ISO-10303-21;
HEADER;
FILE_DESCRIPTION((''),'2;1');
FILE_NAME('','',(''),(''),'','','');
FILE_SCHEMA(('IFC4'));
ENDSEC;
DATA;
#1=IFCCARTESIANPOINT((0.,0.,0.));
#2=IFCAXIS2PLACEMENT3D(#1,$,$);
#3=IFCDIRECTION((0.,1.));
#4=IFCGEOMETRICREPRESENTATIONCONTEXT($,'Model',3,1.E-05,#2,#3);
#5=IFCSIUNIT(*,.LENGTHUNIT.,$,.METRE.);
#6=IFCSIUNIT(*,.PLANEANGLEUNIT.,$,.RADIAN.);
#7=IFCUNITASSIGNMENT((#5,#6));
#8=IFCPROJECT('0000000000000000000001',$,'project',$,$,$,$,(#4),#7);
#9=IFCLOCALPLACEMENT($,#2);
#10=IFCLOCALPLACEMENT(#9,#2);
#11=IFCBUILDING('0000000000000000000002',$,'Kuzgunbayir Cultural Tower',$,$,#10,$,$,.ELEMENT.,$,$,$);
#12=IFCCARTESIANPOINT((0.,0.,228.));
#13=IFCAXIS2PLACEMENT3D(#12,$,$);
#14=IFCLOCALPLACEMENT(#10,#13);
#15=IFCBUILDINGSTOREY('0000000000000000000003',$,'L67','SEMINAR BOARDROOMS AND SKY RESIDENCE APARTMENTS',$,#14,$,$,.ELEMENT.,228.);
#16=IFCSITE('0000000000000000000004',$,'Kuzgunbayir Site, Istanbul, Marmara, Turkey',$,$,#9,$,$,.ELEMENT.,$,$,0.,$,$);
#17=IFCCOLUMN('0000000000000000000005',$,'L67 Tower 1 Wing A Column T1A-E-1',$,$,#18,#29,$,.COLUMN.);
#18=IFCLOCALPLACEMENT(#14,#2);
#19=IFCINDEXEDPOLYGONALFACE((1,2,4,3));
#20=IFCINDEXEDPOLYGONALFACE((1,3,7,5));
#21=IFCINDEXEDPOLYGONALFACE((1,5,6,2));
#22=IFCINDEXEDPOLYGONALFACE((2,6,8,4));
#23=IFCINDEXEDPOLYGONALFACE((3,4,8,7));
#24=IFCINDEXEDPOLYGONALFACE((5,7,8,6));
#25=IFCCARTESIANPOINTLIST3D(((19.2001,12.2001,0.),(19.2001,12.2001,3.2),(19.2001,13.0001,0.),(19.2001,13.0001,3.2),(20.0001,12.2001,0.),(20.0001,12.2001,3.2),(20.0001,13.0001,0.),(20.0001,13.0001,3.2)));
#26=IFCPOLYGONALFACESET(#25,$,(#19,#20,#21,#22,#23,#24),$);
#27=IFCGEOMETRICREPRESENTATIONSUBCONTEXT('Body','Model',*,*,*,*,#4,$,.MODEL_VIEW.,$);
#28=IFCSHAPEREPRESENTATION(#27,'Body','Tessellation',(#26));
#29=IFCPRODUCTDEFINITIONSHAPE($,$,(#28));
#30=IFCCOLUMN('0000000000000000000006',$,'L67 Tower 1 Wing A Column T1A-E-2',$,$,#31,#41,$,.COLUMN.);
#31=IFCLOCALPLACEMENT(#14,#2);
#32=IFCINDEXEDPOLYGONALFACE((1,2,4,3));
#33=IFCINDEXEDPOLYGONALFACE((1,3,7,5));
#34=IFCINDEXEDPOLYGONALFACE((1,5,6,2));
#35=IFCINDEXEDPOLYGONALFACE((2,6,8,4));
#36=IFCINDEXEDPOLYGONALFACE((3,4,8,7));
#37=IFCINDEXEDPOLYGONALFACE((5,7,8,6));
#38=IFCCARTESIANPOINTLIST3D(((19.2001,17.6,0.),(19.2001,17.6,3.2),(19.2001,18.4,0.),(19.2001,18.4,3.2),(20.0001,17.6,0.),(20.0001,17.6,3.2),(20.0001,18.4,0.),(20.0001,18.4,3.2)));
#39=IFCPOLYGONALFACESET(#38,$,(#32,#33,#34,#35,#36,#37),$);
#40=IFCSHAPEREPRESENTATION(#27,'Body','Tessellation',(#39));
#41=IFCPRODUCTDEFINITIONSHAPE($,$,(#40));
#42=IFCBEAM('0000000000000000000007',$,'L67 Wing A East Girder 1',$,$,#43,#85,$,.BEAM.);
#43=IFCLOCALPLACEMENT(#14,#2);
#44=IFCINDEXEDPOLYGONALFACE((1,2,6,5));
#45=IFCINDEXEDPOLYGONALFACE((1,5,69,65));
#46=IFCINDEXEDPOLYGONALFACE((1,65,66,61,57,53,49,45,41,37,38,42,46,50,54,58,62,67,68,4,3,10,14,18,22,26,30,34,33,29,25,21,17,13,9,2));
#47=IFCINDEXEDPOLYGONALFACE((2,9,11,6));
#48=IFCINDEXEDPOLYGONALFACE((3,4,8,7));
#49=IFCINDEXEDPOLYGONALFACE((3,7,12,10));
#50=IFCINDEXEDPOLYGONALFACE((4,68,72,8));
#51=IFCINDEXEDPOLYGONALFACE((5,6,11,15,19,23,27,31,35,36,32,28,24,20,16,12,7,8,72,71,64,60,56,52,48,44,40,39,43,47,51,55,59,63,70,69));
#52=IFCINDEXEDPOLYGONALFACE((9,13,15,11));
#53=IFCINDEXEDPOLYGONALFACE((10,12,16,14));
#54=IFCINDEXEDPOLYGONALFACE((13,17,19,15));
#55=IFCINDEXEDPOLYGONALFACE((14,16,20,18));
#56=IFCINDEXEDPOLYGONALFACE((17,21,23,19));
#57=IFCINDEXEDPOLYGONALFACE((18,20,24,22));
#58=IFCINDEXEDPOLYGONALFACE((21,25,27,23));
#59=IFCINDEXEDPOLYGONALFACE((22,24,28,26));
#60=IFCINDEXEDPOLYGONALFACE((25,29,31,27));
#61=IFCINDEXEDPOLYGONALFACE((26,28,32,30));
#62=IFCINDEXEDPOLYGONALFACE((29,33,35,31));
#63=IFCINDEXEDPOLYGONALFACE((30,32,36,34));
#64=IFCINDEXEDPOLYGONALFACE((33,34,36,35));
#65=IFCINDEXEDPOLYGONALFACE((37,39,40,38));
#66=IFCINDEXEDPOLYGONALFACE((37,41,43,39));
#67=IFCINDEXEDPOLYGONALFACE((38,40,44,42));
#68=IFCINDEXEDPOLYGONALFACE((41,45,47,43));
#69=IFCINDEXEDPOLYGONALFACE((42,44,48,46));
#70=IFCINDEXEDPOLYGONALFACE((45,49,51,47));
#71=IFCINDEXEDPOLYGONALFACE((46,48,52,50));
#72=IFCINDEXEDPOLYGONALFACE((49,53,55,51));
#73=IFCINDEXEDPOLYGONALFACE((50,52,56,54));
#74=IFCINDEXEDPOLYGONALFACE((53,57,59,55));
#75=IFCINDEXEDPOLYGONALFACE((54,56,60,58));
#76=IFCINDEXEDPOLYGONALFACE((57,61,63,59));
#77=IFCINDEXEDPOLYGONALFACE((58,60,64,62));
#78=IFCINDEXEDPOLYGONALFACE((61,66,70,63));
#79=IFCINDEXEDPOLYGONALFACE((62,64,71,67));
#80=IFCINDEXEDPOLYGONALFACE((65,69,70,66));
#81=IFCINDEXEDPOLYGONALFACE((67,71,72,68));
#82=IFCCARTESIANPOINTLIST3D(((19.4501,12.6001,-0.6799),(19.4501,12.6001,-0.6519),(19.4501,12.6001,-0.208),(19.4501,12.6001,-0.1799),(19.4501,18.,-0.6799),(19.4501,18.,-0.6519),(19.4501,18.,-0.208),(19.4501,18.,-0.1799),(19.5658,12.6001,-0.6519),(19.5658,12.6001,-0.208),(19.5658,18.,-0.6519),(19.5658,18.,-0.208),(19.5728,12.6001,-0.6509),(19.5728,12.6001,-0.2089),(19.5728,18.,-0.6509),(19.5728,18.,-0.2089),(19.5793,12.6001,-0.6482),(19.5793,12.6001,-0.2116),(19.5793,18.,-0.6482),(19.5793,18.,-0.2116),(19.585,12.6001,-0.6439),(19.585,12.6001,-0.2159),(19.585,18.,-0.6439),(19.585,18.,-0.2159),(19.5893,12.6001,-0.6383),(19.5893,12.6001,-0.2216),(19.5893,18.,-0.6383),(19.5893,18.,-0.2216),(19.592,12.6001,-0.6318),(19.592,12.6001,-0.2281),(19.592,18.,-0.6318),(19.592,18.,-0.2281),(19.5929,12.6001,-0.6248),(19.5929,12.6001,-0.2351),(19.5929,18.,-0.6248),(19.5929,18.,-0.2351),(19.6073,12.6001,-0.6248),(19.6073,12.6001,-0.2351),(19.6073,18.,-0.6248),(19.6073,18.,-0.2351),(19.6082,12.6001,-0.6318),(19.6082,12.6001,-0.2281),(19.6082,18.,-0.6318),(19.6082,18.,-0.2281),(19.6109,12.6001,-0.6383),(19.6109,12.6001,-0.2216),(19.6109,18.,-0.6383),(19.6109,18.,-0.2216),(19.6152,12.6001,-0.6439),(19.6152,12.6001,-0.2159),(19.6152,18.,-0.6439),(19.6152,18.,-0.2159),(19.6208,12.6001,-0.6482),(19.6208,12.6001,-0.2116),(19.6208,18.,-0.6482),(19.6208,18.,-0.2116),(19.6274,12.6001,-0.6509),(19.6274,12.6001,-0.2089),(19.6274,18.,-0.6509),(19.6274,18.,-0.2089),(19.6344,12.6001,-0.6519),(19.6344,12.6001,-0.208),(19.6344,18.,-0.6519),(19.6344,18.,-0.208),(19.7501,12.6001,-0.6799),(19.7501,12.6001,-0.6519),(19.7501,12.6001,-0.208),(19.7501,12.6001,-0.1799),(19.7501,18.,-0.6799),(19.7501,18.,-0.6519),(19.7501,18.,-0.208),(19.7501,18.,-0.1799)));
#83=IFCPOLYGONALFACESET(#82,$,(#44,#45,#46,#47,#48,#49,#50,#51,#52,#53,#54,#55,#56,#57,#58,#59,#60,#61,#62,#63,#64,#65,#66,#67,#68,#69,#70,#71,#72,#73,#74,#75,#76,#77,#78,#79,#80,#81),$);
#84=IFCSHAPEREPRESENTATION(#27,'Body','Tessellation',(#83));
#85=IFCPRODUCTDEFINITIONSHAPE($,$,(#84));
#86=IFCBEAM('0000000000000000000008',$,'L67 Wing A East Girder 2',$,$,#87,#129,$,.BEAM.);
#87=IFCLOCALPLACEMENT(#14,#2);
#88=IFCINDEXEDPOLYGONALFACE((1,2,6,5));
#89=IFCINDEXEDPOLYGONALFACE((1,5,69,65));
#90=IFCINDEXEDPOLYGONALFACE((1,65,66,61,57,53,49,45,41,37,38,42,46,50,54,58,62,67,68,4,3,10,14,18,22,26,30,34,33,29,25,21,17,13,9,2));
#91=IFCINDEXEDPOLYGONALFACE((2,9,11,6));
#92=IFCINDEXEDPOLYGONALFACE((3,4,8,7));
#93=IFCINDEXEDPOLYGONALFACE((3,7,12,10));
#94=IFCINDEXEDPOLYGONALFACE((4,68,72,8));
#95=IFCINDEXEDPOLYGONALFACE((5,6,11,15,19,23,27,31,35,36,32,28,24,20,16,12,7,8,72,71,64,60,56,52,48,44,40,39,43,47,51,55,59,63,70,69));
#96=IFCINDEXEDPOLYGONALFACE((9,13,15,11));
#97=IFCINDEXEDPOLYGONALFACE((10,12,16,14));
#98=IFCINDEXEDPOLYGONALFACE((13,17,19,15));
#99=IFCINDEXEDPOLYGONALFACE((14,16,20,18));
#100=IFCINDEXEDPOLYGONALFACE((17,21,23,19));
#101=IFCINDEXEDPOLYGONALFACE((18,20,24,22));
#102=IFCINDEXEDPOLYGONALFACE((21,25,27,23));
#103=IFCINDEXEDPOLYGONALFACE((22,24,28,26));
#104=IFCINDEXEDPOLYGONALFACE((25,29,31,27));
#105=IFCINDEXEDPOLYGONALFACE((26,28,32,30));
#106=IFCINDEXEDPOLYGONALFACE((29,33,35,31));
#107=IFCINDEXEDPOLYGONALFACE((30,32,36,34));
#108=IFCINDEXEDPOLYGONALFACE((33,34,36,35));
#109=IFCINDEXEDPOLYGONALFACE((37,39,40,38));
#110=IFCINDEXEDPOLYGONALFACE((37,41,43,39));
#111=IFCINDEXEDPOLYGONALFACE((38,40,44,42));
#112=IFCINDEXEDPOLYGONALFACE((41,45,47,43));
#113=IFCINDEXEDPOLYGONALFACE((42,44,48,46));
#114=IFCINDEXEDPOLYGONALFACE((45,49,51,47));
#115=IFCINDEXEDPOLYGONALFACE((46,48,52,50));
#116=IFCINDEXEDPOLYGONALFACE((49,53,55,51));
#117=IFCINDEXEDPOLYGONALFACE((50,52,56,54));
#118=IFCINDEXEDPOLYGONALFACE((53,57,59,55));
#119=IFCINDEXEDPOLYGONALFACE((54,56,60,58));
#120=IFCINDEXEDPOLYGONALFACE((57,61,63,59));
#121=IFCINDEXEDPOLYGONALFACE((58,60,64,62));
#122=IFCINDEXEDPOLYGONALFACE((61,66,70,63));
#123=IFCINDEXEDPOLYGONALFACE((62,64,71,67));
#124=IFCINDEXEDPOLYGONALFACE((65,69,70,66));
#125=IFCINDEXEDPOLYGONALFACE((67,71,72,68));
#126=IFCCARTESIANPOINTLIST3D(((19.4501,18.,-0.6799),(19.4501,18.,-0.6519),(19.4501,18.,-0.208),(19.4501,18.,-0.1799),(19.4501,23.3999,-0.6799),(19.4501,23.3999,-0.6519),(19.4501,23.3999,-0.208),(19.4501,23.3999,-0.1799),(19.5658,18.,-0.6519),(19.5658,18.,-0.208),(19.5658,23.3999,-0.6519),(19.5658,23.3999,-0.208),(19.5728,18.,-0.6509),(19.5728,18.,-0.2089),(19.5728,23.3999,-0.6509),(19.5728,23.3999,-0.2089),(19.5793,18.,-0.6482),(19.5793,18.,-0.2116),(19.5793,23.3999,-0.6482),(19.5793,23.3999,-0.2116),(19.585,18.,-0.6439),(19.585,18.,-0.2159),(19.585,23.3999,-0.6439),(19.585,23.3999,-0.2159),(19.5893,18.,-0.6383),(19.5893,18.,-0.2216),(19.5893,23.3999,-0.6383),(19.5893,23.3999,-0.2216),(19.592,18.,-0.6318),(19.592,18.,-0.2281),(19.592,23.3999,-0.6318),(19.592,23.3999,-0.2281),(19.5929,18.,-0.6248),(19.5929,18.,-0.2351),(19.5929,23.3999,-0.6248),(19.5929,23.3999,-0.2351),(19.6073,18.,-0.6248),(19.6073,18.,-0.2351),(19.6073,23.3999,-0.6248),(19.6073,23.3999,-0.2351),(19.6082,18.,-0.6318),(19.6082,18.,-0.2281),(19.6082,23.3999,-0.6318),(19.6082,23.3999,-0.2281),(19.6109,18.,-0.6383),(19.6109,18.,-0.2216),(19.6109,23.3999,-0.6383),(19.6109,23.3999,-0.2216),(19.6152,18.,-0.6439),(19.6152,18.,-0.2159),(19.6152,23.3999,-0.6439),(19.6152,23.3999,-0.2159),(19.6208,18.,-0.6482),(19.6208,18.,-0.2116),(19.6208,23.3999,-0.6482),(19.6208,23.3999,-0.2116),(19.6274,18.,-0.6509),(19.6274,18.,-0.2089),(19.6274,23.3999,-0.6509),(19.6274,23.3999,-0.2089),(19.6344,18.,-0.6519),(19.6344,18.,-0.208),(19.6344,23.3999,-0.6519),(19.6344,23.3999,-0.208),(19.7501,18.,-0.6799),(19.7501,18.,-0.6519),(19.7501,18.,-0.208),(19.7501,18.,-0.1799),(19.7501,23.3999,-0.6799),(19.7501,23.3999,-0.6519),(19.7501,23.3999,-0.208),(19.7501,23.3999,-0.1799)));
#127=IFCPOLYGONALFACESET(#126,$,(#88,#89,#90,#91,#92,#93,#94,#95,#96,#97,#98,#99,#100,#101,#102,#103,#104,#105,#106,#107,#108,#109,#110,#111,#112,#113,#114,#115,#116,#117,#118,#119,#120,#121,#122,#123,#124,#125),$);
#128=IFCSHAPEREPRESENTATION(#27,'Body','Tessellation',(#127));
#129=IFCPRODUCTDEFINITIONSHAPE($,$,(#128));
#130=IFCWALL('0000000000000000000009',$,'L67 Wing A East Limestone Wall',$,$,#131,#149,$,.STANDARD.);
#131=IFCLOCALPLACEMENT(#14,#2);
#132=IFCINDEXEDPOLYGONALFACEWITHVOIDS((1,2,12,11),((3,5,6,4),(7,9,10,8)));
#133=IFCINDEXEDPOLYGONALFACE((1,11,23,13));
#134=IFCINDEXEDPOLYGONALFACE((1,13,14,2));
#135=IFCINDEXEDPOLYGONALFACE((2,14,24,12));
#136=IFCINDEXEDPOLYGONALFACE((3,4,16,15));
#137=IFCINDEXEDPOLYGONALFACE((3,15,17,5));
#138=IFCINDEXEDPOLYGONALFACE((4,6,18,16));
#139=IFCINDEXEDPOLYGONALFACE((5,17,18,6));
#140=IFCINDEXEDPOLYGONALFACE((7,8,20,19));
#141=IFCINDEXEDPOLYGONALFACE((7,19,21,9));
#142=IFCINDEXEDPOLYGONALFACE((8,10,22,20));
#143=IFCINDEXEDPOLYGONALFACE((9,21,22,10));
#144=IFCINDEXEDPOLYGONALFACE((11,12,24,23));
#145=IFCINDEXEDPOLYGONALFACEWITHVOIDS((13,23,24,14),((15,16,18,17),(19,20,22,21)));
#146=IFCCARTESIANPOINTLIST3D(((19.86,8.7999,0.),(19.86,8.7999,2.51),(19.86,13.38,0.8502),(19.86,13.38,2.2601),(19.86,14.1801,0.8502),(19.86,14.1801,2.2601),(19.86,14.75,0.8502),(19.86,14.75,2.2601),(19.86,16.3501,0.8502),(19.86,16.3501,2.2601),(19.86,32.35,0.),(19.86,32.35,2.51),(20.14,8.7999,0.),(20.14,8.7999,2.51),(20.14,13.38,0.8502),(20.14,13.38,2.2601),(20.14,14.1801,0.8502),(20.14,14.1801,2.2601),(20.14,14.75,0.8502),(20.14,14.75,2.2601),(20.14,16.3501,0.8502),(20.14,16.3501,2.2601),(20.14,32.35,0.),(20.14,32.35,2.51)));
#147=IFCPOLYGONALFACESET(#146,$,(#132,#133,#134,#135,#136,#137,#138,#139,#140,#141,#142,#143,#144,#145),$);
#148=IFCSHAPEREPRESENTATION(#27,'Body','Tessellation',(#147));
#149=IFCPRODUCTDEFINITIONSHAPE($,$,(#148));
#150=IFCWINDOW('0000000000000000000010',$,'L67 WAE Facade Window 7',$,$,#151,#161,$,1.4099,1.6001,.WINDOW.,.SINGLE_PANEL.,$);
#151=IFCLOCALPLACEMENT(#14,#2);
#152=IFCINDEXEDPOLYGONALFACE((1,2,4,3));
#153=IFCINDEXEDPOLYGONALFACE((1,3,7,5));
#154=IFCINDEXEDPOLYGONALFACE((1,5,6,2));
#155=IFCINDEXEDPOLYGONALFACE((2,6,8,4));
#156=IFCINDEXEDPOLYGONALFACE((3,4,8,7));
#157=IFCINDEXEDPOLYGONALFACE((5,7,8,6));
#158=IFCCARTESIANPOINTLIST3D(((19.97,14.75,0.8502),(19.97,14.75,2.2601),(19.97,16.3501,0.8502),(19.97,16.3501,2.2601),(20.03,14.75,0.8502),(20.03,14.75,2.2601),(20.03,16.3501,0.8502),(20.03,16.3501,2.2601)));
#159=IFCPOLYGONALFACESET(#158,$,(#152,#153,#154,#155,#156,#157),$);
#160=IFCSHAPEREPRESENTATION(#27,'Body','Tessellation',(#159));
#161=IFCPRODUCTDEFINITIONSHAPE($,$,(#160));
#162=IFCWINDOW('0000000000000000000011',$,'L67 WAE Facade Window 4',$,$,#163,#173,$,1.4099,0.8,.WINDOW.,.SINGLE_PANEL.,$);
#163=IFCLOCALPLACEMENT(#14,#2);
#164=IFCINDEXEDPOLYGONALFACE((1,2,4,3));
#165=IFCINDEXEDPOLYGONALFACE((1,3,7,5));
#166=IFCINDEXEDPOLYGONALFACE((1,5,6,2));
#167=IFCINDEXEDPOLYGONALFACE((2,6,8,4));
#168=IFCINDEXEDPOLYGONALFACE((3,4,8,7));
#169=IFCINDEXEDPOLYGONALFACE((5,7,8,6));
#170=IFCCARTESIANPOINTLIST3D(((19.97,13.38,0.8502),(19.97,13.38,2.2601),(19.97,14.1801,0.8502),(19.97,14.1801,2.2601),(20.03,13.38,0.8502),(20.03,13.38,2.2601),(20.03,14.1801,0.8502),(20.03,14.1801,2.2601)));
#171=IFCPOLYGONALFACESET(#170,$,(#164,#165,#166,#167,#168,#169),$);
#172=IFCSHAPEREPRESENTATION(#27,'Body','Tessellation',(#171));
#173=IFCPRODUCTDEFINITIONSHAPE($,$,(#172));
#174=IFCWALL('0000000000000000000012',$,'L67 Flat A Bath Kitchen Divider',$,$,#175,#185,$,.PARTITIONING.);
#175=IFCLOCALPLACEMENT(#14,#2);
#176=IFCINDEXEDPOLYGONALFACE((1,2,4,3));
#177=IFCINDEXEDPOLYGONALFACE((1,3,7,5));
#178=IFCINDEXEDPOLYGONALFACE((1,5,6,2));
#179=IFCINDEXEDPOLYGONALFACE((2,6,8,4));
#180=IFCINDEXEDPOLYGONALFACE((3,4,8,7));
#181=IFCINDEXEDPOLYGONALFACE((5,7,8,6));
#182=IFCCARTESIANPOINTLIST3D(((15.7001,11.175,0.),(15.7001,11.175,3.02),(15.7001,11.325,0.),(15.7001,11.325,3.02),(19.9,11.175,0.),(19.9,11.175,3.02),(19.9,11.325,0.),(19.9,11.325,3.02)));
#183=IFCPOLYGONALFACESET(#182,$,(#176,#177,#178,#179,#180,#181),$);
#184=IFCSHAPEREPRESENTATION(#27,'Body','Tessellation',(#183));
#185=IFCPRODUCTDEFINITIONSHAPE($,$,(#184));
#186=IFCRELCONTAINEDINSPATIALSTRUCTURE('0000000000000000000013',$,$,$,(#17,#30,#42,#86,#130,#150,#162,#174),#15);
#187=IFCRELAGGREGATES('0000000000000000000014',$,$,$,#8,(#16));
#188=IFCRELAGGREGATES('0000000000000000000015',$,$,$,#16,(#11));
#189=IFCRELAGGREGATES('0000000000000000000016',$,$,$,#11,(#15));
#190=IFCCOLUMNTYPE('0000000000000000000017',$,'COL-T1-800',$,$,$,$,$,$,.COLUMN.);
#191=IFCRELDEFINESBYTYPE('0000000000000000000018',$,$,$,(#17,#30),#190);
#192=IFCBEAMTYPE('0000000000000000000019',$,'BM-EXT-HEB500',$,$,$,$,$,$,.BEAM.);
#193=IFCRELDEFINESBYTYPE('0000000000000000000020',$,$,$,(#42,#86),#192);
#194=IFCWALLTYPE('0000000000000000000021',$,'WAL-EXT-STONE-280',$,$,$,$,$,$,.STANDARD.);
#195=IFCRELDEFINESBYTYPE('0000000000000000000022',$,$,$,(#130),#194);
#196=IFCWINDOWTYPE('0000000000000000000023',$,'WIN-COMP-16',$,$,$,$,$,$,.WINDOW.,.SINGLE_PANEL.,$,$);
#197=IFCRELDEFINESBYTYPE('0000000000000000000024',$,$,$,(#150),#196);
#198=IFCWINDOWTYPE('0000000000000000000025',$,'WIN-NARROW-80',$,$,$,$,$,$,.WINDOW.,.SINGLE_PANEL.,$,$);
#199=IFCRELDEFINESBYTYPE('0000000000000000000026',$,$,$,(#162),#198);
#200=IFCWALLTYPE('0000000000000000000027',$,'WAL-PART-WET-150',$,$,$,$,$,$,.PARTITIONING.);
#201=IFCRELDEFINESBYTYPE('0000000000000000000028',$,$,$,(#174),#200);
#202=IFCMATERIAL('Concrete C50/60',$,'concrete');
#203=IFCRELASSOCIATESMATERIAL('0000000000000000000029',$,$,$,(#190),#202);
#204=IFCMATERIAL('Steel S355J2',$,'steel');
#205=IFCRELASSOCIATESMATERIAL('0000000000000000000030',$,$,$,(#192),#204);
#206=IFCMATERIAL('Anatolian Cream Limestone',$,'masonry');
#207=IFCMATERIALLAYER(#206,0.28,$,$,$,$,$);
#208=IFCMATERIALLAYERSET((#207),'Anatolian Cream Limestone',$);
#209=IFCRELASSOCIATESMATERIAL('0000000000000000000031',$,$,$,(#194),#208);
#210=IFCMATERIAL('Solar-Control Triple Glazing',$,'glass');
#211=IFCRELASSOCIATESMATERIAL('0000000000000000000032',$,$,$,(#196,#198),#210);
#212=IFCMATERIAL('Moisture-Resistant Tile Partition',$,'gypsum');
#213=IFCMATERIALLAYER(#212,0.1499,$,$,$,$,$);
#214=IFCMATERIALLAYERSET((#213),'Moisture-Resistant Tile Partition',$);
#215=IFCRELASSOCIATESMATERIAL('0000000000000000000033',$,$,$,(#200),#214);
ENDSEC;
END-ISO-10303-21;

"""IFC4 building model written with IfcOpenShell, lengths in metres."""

from ifc_helpers import new_model, si_unit, direction, frame, frame_2d, origin, origin_2d, place, context, subcontext, project, spatial, rectangle, i_section, extrude, material, layer, layer_set, material_profile, profile_set, type_object, element, fill, save


model = new_model("IFC4")

# Units and contexts
model_context = context("Model", 3, precision=1e-05, world=origin(), true_north=direction((0.0, 1.0)))
body_context = subcontext(model_context, "Body", "Model", "MODEL_VIEW")
ifc_project = project(units=[si_unit("LENGTHUNIT", "METRE"), si_unit("PLANEANGLEUNIT", "RADIAN")], contexts=[model_context])

# Site, building, storey
site_placement = place(None, origin())
site = spatial("IfcSite", under=ifc_project, at=site_placement, Name="Kuzgunbayir Site, Istanbul, Marmara, Turkey", CompositionType="ELEMENT", RefElevation=0.0)
building_placement = place(site_placement, origin())
building = spatial("IfcBuilding", under=site, at=building_placement, Name="Kuzgunbayir Cultural Tower", CompositionType="ELEMENT")
storey_placement = place(building_placement, frame((0.0, 0.0, 228.0)))
storey = spatial("IfcBuildingStorey", under=building, at=storey_placement, Name="L67", Description="SEMINAR BOARDROOMS AND SKY RESIDENCE APARTMENTS", CompositionType="ELEMENT", Elevation=228.0)

# Columns
ifc_material_1 = material(Name="Concrete C50/60", Category="concrete")
ifc_material_profile_1 = material_profile(ifc_material_1, rectangle(XDim=0.8, YDim=0.8, at=origin_2d()), Name="RC 800x800")
ifc_profile_set_1 = profile_set([ifc_material_profile_1], Name="Concrete C50/60")
column_type = type_object("IfcColumnType", Name="COL-T1-800", PredefinedType="COLUMN", material=ifc_profile_set_1)
for number, where, z_axis, x_axis, name in (
    (1, (19.6001, 12.6001, 0.0), (0.0, 0.0, 1.0), (1.0, 0.0, 0.0), "L67 Tower 1 Wing A Column T1A-E-1"),
    (2, (19.6001, 18.0, 0.0), (0.0, 0.0, 1.0), (1.0, 0.0, 0.0), "L67 Tower 1 Wing A Column T1A-E-2"),
):
    element("IfcColumn", number, at=place(storey_placement, frame(where, z_axis=z_axis, x_axis=x_axis)), inside=storey, type_object=column_type, Name=name, PredefinedType="COLUMN", context=body_context, shape_type="SweptSolid", body=[
        extrude(rectangle(XDim=0.8, YDim=0.8, at=origin_2d()), origin(), (0.0, 0.0, 1.0), 3.2),
    ])

# Beams
ifc_material_2 = material(Name="Steel S355J2", Category="steel")
ifc_material_profile_2 = material_profile(ifc_material_2, i_section(OverallWidth=0.3, OverallDepth=0.5, WebThickness=0.0144, FlangeThickness=0.0281, FilletRadius=0.0271, at=origin_2d()), Name="HEB 500")
ifc_profile_set_2 = profile_set([ifc_material_profile_2], Name="Steel S355J2")
beam_type = type_object("IfcBeamType", Name="BM-EXT-HEB500", PredefinedType="BEAM", material=ifc_profile_set_2)
for number, where, z_axis, x_axis, name in (
    (3, (19.6001, 12.6001, -0.4299), (0.0, 1.0, 0.0), (-1.0, 0.0, 0.0), "L67 Wing A East Girder 1"),
    (4, (19.6001, 18.0, -0.4299), (0.0, 1.0, 0.0), (-1.0, 0.0, 0.0), "L67 Wing A East Girder 2"),
):
    element("IfcBeam", number, at=place(storey_placement, frame(where, z_axis=z_axis, x_axis=x_axis)), inside=storey, type_object=beam_type, Name=name, PredefinedType="BEAM", context=body_context, shape_type="SweptSolid", body=[
        extrude(i_section(OverallWidth=0.3, OverallDepth=0.5, WebThickness=0.0144, FlangeThickness=0.0281, FilletRadius=0.0271, at=origin_2d()), origin(), (0.0, 0.0, 1.0), 5.3999),
    ])

# Wall, openings, windows
ifc_material_3 = material(Name="Anatolian Cream Limestone", Category="masonry")
ifc_layer_1 = layer(ifc_material_3, 0.28)
ifc_layer_set_1 = layer_set([ifc_layer_1], Name="Anatolian Cream Limestone")
wall_type_1 = type_object("IfcWallType", Name="WAL-EXT-STONE-280", PredefinedType="STANDARD", material=ifc_layer_set_1)
wall_1_placement = place(storey_placement, frame((20.0, 8.8, 0.0), z_axis=(0.0, 0.0, 1.0), x_axis=(0.0, 1.0, 0.0)))
wall_1 = element("IfcWall", 5, at=wall_1_placement, inside=storey, type_object=wall_type_1, Name="L67 Wing A East Limestone Wall", PredefinedType="STANDARD", context=body_context, shape_type="SweptSolid", body=[
    extrude(rectangle(XDim=23.55, YDim=0.28, at=frame_2d((11.7749, 0.0))), origin(), (0.0, 0.0, 1.0), 2.51),
])
opening_1_placement = place(wall_1_placement, frame((4.5801, 0.0, 0.8501)))
opening_1 = element("IfcOpeningElement", 6, at=opening_1_placement, cuts=wall_1, PredefinedType="OPENING", context=body_context, shape_type="SweptSolid", body=[
    extrude(rectangle(XDim=0.8, YDim=1.4099, at=frame_2d((0.3999, 0.7051))), frame((0.0, 0.1499, 0.0), z_axis=(0.0, -1.0, 0.0), x_axis=(1.0, 0.0, 0.0)), (0.0, 0.0, 1.0), 0.3),
])
opening_2_placement = place(wall_1_placement, frame((5.95, 0.0, 0.8501)))
opening_2 = element("IfcOpeningElement", 7, at=opening_2_placement, cuts=wall_1, PredefinedType="OPENING", context=body_context, shape_type="SweptSolid", body=[
    extrude(rectangle(XDim=1.6001, YDim=1.4099, at=frame_2d((0.8, 0.7051))), frame((0.0, 0.1499, 0.0), z_axis=(0.0, -1.0, 0.0), x_axis=(1.0, 0.0, 0.0)), (0.0, 0.0, 1.0), 0.3),
])
ifc_material_4 = material(Name="Solar-Control Triple Glazing", Category="glass")
window_type_1 = type_object("IfcWindowType", Name="WIN-COMP-16", PartitioningType="SINGLE_PANEL", PredefinedType="WINDOW", material=ifc_material_4)
window_1_placement = place(opening_2_placement, origin())
window_1 = element("IfcWindow", 8, at=window_1_placement, inside=storey, type_object=window_type_1, Name="L67 WAE Facade Window 7", OverallHeight=1.4099, OverallWidth=1.6001, PartitioningType="SINGLE_PANEL", PredefinedType="WINDOW", context=body_context, shape_type="SweptSolid", body=[
    extrude(rectangle(XDim=1.6001, YDim=1.4099, at=frame_2d((0.8, 0.7051))), frame((0.0, 0.03, 0.0), z_axis=(0.0, -1.0, 0.0), x_axis=(1.0, 0.0, 0.0)), (0.0, 0.0, 1.0), 0.0601),
])
fill(opening_2, window_1)
window_type_2 = type_object("IfcWindowType", Name="WIN-NARROW-80", PartitioningType="SINGLE_PANEL", PredefinedType="WINDOW", material=ifc_material_4)
window_2_placement = place(opening_1_placement, origin())
window_2 = element("IfcWindow", 9, at=window_2_placement, inside=storey, type_object=window_type_2, Name="L67 WAE Facade Window 4", OverallHeight=1.4099, OverallWidth=0.8, PartitioningType="SINGLE_PANEL", PredefinedType="WINDOW", context=body_context, shape_type="SweptSolid", body=[
    extrude(rectangle(XDim=0.8, YDim=1.4099, at=frame_2d((0.3999, 0.7051))), frame((0.0, 0.03, 0.0), z_axis=(0.0, -1.0, 0.0), x_axis=(1.0, 0.0, 0.0)), (0.0, 0.0, 1.0), 0.0601),
])
fill(opening_1, window_2)

# Shared definitions
ifc_material_5 = material(Name="Moisture-Resistant Tile Partition", Category="gypsum")
ifc_layer_2 = layer(ifc_material_5, 0.1499)
ifc_layer_set_2 = layer_set([ifc_layer_2], Name="Moisture-Resistant Tile Partition")
wall_type_2 = type_object("IfcWallType", Name="WAL-PART-WET-150", PredefinedType="PARTITIONING", material=ifc_layer_set_2)

# Wall
wall_2_placement = place(storey_placement, frame((15.7, 11.25, 0.0), z_axis=(0.0, 0.0, 1.0), x_axis=(1.0, 0.0, 0.0)))
element("IfcWall", 10, at=wall_2_placement, inside=storey, type_object=wall_type_2, Name="L67 Flat A Bath Kitchen Divider", PredefinedType="PARTITIONING", context=body_context, shape_type="SweptSolid", body=[
    extrude(rectangle(XDim=4.2, YDim=0.1499, at=frame_2d((2.1001, 0.0))), origin(), (0.0, 0.0, 1.0), 3.02),
])

save(model, "model.ifc")
